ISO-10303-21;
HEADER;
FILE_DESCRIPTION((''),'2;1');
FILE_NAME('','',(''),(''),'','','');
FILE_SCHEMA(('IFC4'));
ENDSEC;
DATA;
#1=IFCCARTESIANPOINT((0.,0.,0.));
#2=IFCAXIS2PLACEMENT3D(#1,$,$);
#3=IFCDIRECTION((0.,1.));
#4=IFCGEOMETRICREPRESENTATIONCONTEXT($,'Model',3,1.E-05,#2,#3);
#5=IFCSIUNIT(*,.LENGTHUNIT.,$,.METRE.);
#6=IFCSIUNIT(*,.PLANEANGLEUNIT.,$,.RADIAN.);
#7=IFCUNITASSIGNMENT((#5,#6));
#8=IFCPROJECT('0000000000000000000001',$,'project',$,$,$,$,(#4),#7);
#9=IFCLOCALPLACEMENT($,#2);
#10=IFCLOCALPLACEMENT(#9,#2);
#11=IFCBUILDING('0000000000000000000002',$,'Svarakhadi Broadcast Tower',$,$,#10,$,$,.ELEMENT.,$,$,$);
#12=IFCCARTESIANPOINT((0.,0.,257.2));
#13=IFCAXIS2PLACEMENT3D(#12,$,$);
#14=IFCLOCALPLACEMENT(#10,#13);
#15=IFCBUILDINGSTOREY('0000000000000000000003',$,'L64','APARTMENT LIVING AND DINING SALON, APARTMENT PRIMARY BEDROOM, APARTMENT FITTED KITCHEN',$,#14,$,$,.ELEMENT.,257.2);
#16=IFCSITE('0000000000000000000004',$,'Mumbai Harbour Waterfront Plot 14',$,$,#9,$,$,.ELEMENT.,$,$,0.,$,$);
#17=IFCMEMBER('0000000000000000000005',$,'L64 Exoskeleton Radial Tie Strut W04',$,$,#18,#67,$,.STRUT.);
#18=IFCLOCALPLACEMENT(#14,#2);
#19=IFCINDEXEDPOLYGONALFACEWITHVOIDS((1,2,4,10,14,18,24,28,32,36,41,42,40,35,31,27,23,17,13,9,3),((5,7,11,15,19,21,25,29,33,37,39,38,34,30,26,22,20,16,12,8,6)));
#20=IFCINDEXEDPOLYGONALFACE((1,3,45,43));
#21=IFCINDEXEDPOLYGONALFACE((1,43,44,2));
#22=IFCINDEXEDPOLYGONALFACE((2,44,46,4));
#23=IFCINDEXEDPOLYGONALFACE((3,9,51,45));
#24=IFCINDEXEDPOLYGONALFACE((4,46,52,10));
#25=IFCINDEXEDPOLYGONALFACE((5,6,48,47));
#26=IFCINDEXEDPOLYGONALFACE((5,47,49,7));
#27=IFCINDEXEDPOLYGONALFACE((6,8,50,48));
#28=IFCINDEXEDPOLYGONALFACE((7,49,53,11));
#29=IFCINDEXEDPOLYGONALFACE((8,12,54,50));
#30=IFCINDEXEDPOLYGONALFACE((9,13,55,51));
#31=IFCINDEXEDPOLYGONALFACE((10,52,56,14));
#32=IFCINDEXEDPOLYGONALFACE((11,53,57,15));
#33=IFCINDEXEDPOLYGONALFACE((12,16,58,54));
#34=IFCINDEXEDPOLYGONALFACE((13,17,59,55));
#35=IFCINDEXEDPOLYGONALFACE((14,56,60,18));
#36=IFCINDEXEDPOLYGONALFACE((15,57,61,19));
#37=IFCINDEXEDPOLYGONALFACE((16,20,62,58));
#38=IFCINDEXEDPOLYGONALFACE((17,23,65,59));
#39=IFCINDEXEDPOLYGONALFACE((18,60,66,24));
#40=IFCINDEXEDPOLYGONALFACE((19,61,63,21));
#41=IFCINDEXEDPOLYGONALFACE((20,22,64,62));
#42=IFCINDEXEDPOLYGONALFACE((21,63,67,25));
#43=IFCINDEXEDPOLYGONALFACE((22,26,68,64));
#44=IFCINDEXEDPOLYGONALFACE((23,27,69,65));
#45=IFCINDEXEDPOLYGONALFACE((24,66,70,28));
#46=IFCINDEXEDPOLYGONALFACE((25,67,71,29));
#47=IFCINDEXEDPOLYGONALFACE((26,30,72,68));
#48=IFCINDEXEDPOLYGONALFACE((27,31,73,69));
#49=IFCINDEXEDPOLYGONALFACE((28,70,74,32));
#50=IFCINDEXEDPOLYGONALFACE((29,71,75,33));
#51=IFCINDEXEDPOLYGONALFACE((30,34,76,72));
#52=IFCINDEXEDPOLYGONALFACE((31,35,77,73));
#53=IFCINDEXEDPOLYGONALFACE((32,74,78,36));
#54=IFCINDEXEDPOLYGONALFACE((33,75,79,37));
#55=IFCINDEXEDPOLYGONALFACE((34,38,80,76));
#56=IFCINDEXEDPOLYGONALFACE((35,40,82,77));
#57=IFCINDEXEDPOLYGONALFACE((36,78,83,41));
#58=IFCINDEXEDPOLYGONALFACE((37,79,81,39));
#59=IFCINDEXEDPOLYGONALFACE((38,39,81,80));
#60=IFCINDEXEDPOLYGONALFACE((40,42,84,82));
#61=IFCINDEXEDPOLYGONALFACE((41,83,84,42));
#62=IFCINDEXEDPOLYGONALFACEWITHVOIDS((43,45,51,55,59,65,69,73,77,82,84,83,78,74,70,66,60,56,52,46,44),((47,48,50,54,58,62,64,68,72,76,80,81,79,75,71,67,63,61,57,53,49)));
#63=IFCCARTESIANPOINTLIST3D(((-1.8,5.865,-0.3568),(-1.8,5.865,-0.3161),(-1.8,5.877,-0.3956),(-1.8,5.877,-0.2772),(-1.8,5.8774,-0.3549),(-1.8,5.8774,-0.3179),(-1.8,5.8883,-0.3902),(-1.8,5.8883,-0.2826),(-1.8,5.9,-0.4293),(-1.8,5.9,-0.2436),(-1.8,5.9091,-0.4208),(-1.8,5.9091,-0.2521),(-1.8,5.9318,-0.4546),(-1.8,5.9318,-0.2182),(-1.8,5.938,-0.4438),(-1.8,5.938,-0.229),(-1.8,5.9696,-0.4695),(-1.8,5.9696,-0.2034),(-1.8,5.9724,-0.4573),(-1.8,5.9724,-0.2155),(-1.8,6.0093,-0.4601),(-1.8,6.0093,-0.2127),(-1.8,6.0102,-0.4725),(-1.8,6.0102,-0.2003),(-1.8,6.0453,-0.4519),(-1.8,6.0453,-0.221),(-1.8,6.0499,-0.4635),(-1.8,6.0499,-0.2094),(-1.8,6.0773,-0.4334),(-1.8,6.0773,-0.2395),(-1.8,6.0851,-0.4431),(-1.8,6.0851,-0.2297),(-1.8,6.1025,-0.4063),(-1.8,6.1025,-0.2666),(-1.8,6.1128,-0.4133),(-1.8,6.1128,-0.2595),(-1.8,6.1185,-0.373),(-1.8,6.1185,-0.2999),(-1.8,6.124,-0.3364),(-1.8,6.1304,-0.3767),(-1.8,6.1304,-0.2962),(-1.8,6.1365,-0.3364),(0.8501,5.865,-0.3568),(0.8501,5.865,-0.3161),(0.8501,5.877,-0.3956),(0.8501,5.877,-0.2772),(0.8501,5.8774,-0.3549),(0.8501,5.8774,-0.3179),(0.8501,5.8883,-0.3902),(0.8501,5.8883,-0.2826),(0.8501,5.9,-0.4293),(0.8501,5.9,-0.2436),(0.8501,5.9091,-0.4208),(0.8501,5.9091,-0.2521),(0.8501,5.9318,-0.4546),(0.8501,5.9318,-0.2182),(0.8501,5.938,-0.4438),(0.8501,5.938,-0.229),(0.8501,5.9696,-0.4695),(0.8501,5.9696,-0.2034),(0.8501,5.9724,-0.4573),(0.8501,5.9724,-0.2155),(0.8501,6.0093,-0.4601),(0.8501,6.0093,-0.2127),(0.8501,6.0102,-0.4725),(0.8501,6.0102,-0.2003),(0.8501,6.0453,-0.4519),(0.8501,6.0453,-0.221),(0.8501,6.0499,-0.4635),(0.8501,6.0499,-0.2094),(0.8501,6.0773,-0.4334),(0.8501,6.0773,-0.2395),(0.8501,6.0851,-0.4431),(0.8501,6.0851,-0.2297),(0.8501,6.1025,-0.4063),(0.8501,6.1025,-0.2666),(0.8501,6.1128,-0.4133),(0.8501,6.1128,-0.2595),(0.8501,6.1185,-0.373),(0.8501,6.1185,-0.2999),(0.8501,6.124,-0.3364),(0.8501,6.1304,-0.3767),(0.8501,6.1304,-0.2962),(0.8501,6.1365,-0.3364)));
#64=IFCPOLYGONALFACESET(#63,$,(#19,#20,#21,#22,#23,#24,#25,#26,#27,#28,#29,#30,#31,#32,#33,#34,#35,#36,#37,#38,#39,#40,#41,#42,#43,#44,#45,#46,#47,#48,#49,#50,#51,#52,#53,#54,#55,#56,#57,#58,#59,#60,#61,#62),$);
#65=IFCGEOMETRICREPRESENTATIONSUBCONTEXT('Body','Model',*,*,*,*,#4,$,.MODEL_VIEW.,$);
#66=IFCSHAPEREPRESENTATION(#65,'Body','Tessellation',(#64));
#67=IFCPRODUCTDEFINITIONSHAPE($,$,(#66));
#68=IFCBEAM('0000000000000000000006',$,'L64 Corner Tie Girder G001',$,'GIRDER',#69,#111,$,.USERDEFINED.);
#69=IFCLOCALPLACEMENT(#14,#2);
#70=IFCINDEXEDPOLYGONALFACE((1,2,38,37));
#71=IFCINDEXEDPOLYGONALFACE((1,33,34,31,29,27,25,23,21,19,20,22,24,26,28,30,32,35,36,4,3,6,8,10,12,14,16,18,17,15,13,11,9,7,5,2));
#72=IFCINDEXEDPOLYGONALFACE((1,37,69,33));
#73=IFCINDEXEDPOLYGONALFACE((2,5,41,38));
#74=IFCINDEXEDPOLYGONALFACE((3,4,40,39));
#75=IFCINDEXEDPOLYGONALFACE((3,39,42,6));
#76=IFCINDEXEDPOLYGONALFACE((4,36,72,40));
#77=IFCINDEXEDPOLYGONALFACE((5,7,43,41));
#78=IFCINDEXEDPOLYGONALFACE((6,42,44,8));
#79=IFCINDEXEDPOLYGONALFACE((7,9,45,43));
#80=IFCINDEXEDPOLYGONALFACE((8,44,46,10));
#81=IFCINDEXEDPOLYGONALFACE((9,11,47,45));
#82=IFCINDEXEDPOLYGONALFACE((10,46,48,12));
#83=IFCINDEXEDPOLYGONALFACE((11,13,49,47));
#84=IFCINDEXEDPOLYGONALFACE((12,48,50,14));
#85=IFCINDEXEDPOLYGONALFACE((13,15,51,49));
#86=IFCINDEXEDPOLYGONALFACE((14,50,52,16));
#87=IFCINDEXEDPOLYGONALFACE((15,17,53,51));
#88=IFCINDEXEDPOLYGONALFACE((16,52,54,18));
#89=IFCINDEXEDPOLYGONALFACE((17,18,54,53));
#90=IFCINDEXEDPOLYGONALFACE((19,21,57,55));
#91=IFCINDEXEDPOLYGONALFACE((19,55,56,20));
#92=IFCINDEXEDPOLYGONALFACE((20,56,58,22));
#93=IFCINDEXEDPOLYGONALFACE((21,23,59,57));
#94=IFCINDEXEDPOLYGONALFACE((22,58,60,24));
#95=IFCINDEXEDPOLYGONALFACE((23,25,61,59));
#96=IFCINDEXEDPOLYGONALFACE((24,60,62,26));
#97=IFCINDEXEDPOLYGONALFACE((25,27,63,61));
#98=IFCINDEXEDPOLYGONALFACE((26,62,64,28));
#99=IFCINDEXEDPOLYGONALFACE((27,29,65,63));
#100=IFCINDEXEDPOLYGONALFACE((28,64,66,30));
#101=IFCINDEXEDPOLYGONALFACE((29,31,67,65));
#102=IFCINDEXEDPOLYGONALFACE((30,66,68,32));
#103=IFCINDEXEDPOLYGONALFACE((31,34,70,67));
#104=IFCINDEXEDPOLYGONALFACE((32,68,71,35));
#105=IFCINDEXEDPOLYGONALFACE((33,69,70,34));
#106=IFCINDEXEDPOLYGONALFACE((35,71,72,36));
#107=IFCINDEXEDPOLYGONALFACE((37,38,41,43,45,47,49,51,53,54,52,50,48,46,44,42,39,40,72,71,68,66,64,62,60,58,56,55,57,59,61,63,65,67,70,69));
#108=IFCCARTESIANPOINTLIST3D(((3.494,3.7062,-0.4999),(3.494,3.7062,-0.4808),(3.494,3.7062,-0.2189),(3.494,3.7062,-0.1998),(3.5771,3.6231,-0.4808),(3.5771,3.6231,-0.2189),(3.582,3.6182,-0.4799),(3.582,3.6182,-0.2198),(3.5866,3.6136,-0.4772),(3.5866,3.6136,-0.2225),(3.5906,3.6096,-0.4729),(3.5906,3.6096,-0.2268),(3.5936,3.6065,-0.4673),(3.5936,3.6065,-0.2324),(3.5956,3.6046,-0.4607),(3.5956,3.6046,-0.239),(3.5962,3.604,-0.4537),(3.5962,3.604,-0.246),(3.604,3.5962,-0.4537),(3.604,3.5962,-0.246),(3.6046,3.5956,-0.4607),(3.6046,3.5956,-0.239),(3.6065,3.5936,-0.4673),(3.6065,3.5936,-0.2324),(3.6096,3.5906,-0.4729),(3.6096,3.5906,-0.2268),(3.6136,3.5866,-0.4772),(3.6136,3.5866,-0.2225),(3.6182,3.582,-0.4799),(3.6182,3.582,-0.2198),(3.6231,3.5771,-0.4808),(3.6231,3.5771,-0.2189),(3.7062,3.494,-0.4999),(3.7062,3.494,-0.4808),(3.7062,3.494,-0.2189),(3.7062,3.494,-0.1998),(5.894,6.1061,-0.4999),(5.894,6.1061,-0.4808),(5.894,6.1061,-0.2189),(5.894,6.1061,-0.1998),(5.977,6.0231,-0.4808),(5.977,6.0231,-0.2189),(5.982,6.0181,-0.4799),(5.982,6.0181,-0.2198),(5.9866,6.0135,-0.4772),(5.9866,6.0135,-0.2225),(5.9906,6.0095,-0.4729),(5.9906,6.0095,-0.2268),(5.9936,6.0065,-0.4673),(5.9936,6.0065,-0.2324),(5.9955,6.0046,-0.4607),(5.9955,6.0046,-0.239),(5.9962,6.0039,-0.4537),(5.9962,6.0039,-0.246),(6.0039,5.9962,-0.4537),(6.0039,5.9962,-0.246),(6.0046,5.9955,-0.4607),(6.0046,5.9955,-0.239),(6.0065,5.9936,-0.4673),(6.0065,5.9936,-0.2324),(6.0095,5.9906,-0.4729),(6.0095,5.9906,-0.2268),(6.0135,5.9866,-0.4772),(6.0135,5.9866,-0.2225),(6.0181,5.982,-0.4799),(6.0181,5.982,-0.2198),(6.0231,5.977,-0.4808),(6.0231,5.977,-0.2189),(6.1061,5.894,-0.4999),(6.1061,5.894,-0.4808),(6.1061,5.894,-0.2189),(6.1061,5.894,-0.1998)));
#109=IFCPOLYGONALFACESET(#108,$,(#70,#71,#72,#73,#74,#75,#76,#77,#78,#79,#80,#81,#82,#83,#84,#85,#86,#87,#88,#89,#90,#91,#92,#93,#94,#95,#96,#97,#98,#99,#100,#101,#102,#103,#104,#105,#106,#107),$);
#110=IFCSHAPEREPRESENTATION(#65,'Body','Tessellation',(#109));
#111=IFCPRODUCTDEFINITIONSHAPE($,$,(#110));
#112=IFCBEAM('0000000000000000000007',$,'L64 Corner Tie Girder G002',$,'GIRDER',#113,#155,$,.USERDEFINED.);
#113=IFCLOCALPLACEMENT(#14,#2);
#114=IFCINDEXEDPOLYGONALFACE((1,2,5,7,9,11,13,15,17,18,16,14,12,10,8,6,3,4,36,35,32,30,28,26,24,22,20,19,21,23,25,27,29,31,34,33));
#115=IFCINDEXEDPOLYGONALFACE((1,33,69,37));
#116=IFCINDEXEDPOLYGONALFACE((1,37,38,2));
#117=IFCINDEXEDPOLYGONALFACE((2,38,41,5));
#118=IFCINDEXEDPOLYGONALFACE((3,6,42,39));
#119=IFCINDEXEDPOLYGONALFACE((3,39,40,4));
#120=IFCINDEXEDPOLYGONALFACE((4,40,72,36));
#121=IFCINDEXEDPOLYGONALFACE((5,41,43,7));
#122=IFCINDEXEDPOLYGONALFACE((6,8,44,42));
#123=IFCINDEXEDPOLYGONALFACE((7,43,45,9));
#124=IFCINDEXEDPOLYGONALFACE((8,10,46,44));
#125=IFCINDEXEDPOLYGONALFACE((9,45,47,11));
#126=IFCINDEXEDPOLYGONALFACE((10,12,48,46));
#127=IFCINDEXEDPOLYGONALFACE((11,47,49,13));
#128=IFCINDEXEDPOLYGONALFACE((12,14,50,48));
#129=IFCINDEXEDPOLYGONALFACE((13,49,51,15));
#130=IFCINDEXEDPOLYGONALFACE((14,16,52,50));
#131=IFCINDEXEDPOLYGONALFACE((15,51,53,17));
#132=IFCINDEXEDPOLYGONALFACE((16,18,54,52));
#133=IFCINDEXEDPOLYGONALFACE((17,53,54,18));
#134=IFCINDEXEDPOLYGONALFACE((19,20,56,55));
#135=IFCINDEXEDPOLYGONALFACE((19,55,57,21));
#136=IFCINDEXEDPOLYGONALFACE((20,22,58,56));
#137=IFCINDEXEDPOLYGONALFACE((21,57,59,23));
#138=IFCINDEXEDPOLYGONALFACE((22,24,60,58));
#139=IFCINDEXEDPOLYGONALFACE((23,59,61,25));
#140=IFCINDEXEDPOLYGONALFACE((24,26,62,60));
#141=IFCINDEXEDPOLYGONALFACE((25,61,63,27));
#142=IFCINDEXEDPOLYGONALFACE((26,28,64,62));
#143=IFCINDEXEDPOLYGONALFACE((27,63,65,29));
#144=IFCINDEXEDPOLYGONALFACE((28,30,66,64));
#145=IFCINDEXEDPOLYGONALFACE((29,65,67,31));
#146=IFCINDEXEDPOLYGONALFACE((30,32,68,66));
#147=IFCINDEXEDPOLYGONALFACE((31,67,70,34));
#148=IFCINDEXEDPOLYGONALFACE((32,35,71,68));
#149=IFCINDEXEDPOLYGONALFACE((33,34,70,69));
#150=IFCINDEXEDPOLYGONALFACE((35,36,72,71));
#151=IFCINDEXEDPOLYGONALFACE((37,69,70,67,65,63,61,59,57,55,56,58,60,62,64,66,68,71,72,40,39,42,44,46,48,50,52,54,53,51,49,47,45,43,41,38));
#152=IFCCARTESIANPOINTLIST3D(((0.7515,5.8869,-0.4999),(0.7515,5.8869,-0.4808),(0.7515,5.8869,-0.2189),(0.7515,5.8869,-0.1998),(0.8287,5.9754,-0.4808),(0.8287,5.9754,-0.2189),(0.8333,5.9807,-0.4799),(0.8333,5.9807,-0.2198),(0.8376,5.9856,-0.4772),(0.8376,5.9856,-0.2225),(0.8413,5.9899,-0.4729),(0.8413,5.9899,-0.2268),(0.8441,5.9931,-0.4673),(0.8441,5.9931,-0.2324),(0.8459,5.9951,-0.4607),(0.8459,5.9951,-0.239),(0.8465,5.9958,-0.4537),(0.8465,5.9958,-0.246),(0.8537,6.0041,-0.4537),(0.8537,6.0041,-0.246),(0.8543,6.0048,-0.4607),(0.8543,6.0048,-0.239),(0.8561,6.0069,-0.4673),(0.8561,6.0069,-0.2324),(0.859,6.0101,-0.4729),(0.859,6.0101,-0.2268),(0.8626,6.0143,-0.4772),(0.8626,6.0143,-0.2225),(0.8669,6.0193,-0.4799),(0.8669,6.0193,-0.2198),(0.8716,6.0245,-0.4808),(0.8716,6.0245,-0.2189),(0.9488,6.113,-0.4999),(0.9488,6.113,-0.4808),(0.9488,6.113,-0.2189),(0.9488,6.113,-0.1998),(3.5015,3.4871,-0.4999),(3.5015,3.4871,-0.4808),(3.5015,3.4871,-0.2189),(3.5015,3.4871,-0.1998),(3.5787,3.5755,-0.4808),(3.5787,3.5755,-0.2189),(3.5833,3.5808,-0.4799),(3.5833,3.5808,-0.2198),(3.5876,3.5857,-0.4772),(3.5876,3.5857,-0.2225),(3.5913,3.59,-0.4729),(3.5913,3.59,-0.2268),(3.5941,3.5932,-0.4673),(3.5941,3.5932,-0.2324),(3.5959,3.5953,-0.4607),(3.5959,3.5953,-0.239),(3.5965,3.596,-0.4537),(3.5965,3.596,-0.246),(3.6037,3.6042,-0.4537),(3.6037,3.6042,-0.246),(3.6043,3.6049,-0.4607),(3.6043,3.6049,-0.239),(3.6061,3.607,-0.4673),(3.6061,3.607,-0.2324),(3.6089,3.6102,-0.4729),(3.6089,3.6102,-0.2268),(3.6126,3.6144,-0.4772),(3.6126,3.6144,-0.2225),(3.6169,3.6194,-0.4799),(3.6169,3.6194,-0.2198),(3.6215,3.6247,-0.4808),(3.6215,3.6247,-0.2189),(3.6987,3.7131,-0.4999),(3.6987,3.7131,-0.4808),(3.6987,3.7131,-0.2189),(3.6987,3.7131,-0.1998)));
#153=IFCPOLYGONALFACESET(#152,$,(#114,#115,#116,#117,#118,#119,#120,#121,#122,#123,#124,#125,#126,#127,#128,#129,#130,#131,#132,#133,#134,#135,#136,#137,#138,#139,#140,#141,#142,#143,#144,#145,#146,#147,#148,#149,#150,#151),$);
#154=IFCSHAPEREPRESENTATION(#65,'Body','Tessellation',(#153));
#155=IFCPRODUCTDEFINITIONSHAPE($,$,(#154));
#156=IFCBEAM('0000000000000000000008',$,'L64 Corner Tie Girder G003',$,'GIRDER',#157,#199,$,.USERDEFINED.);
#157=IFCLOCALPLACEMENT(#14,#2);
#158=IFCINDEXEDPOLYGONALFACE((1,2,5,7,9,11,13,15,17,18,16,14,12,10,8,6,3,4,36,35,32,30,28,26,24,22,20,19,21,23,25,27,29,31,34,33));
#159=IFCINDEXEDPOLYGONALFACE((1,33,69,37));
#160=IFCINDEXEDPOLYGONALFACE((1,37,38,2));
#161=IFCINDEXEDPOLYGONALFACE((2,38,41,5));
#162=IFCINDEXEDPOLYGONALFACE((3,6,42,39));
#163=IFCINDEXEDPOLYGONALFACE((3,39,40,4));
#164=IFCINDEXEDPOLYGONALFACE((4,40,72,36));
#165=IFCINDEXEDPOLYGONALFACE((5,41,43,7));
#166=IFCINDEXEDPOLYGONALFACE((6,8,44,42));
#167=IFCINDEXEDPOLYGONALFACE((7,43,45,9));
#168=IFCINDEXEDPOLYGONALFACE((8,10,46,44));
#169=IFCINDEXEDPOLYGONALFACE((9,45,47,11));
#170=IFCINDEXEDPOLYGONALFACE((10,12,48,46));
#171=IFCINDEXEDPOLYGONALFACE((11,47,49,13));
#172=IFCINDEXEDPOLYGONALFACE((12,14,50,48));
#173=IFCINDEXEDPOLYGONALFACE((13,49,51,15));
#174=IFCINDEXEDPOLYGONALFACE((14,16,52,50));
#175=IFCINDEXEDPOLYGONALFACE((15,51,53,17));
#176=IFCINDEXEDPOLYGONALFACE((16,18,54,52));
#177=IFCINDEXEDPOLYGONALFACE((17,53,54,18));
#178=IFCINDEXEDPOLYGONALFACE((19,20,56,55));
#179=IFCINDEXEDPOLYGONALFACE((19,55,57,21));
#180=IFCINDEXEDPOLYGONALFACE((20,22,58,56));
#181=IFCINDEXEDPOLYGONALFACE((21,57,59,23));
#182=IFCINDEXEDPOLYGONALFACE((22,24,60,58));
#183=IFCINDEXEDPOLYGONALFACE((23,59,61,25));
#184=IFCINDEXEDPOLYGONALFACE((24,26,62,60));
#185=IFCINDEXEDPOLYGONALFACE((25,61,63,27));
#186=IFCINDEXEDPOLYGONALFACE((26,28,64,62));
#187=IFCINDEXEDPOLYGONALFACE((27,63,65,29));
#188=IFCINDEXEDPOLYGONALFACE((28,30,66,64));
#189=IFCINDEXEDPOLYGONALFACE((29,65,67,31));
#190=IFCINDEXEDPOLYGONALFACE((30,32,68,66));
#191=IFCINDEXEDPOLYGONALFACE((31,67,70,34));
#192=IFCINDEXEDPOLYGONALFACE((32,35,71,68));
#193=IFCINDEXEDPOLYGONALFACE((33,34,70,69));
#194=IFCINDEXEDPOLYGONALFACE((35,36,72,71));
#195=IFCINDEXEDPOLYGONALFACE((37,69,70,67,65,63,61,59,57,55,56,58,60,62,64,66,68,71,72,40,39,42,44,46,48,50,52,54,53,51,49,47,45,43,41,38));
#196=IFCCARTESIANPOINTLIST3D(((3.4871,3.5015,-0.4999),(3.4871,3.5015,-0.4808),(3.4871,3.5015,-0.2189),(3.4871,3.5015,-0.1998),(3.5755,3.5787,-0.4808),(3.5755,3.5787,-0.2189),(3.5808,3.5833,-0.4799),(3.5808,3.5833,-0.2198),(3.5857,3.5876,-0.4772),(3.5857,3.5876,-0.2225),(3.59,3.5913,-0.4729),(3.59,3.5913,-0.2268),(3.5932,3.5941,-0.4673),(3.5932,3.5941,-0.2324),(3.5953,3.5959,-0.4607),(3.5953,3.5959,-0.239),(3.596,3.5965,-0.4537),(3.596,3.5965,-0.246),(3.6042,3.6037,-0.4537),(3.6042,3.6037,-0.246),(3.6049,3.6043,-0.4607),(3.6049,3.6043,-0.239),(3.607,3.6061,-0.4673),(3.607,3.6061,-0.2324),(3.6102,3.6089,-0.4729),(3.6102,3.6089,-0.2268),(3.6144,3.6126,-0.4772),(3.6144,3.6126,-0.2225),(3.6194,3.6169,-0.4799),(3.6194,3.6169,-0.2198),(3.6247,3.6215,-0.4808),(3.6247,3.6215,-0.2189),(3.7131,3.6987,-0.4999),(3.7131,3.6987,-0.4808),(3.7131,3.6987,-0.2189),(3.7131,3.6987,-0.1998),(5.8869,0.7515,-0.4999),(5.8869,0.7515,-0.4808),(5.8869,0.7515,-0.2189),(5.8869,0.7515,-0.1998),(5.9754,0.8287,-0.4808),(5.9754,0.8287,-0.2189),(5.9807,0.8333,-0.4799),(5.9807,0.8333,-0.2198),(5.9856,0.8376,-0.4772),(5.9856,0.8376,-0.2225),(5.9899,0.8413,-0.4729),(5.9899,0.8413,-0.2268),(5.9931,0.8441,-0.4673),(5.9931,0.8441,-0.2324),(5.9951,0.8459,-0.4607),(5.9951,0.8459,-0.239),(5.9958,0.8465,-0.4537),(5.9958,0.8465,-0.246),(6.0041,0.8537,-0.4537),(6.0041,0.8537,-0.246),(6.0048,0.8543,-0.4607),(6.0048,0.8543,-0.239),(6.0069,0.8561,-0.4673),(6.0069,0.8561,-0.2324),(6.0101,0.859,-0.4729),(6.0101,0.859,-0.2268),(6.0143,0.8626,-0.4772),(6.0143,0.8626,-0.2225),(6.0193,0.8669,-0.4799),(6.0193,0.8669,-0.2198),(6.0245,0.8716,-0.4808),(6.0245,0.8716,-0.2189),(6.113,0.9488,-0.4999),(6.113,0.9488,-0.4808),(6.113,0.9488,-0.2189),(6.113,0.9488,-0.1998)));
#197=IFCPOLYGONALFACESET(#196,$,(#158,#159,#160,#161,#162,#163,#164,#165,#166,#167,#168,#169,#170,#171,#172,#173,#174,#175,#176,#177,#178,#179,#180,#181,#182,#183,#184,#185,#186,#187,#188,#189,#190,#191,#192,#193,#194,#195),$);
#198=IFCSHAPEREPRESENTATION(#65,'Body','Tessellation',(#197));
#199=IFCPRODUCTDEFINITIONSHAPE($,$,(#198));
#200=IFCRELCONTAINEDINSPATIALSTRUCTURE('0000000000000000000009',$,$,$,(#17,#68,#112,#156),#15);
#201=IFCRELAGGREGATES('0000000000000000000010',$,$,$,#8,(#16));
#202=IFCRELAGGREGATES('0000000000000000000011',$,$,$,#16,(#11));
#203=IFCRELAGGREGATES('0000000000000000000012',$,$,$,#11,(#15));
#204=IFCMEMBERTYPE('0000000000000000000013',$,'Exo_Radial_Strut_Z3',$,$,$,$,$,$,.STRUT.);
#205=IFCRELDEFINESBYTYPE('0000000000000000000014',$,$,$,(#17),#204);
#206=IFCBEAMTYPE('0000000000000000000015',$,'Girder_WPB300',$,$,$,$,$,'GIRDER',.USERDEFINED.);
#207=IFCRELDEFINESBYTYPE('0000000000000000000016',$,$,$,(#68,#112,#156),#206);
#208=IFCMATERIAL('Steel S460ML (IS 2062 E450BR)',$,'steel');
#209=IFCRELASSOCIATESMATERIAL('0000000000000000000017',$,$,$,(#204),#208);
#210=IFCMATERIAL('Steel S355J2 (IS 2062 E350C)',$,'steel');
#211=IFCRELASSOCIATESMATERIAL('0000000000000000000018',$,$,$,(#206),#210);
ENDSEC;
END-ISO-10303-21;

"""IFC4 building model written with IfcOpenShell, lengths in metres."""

from ifc_helpers import new_model, si_unit, direction, frame, origin, origin_2d, place, context, subcontext, project, spatial, hollow_circle, i_section, extrude, material, material_profile, profile_set, type_object, element, save


model = new_model("IFC4")

# Units and contexts
model_context = context("Model", 3, precision=1e-05, world=origin(), true_north=direction((0.0, 1.0)))
body_context = subcontext(model_context, "Body", "Model", "MODEL_VIEW")
ifc_project = project(units=[si_unit("LENGTHUNIT", "METRE"), si_unit("PLANEANGLEUNIT", "RADIAN")], contexts=[model_context])

# Site, building, storey
site_placement = place(None, origin())
site = spatial("IfcSite", under=ifc_project, at=site_placement, Name="Mumbai Harbour Waterfront Plot 14", CompositionType="ELEMENT", RefElevation=0.0)
building_placement = place(site_placement, origin())
building = spatial("IfcBuilding", under=site, at=building_placement, Name="Svarakhadi Broadcast Tower", CompositionType="ELEMENT")
storey_placement = place(building_placement, frame((0.0, 0.0, 257.2)))
storey = spatial("IfcBuildingStorey", under=building, at=storey_placement, Name="L64", Description="APARTMENT LIVING AND DINING SALON, APARTMENT PRIMARY BEDROOM, APARTMENT FITTED KITCHEN", CompositionType="ELEMENT", Elevation=257.2)

# Shared definitions
ifc_material_1 = material(Name="Steel S460ML (IS 2062 E450BR)", Category="steel")

# Shared definitions
ifc_material_2 = material(Name="Steel S355J2 (IS 2062 E350C)", Category="steel")

# Member
ifc_material_profile_1 = material_profile(ifc_material_1, hollow_circle(Radius=0.1365, WallThickness=0.0125, at=origin_2d()), Name="CHS 273x12.5")
ifc_profile_set_1 = profile_set([ifc_material_profile_1], Name="Steel S460ML (IS 2062 E450BR)")
member_type_1 = type_object("IfcMemberType", Name="Exo_Radial_Strut_Z3", PredefinedType="STRUT", material=ifc_profile_set_1)
member_1_placement = place(storey_placement, frame((-1.8, 6.0, -0.3364), z_axis=(1.0, 0.0, 0.0), x_axis=(0.0, 1.0, 0.0)))
element("IfcMember", 1, at=member_1_placement, inside=storey, type_object=member_type_1, Name="L64 Exoskeleton Radial Tie Strut W04", PredefinedType="STRUT", context=body_context, shape_type="SweptSolid", body=[
    extrude(hollow_circle(Radius=0.1365, WallThickness=0.0125, at=origin_2d()), origin(), (0.0, 0.0, 1.0), 2.6501),
])

# Beams
ifc_material_profile_2 = material_profile(ifc_material_2, i_section(OverallWidth=0.3, OverallDepth=0.3, WebThickness=0.011, FlangeThickness=0.019, FilletRadius=0.0271, at=origin_2d()), Name="WPB 300x300x117")
ifc_profile_set_2 = profile_set([ifc_material_profile_2], Name="Steel S355J2 (IS 2062 E350C)")
beam_type_1 = type_object("IfcBeamType", Name="Girder_WPB300", ElementType="GIRDER", PredefinedType="USERDEFINED", material=ifc_profile_set_2)
beam_1_placement = place(storey_placement, frame((3.6001, 3.6001, -0.3499), z_axis=(0.707107, 0.707107, 0.0), x_axis=(-0.707107, 0.707107, 0.0)))
element("IfcBeam", 2, at=beam_1_placement, inside=storey, type_object=beam_type_1, Name="L64 Corner Tie Girder G001", ObjectType="GIRDER", PredefinedType="USERDEFINED", context=body_context, shape_type="SweptSolid", body=[
    extrude(i_section(OverallWidth=0.3, OverallDepth=0.3, WebThickness=0.011, FlangeThickness=0.019, FilletRadius=0.0271, at=origin_2d()), origin(), (0.0, 0.0, 1.0), 3.394),
])
for number, where, z_axis, x_axis, name in (
    (3, (3.6001, 3.6001, -0.3499), (-0.753438, 0.657519, 0.0), (-0.657519, -0.753438, 0.0), "L64 Corner Tie Girder G002"),
    (4, (3.6001, 3.6001, -0.3499), (0.657519, -0.753438, 0.0), (0.753438, 0.657519, 0.0), "L64 Corner Tie Girder G003"),
):
    element("IfcBeam", number, at=place(storey_placement, frame(where, z_axis=z_axis, x_axis=x_axis)), inside=storey, type_object=beam_type_1, Name=name, ObjectType="GIRDER", PredefinedType="USERDEFINED", context=body_context, shape_type="SweptSolid", body=[
        extrude(i_section(OverallWidth=0.3, OverallDepth=0.3, WebThickness=0.011, FlangeThickness=0.019, FilletRadius=0.0271, at=origin_2d()), origin(), (0.0, 0.0, 1.0), 3.6499),
    ])

save(model, "model.ifc")
